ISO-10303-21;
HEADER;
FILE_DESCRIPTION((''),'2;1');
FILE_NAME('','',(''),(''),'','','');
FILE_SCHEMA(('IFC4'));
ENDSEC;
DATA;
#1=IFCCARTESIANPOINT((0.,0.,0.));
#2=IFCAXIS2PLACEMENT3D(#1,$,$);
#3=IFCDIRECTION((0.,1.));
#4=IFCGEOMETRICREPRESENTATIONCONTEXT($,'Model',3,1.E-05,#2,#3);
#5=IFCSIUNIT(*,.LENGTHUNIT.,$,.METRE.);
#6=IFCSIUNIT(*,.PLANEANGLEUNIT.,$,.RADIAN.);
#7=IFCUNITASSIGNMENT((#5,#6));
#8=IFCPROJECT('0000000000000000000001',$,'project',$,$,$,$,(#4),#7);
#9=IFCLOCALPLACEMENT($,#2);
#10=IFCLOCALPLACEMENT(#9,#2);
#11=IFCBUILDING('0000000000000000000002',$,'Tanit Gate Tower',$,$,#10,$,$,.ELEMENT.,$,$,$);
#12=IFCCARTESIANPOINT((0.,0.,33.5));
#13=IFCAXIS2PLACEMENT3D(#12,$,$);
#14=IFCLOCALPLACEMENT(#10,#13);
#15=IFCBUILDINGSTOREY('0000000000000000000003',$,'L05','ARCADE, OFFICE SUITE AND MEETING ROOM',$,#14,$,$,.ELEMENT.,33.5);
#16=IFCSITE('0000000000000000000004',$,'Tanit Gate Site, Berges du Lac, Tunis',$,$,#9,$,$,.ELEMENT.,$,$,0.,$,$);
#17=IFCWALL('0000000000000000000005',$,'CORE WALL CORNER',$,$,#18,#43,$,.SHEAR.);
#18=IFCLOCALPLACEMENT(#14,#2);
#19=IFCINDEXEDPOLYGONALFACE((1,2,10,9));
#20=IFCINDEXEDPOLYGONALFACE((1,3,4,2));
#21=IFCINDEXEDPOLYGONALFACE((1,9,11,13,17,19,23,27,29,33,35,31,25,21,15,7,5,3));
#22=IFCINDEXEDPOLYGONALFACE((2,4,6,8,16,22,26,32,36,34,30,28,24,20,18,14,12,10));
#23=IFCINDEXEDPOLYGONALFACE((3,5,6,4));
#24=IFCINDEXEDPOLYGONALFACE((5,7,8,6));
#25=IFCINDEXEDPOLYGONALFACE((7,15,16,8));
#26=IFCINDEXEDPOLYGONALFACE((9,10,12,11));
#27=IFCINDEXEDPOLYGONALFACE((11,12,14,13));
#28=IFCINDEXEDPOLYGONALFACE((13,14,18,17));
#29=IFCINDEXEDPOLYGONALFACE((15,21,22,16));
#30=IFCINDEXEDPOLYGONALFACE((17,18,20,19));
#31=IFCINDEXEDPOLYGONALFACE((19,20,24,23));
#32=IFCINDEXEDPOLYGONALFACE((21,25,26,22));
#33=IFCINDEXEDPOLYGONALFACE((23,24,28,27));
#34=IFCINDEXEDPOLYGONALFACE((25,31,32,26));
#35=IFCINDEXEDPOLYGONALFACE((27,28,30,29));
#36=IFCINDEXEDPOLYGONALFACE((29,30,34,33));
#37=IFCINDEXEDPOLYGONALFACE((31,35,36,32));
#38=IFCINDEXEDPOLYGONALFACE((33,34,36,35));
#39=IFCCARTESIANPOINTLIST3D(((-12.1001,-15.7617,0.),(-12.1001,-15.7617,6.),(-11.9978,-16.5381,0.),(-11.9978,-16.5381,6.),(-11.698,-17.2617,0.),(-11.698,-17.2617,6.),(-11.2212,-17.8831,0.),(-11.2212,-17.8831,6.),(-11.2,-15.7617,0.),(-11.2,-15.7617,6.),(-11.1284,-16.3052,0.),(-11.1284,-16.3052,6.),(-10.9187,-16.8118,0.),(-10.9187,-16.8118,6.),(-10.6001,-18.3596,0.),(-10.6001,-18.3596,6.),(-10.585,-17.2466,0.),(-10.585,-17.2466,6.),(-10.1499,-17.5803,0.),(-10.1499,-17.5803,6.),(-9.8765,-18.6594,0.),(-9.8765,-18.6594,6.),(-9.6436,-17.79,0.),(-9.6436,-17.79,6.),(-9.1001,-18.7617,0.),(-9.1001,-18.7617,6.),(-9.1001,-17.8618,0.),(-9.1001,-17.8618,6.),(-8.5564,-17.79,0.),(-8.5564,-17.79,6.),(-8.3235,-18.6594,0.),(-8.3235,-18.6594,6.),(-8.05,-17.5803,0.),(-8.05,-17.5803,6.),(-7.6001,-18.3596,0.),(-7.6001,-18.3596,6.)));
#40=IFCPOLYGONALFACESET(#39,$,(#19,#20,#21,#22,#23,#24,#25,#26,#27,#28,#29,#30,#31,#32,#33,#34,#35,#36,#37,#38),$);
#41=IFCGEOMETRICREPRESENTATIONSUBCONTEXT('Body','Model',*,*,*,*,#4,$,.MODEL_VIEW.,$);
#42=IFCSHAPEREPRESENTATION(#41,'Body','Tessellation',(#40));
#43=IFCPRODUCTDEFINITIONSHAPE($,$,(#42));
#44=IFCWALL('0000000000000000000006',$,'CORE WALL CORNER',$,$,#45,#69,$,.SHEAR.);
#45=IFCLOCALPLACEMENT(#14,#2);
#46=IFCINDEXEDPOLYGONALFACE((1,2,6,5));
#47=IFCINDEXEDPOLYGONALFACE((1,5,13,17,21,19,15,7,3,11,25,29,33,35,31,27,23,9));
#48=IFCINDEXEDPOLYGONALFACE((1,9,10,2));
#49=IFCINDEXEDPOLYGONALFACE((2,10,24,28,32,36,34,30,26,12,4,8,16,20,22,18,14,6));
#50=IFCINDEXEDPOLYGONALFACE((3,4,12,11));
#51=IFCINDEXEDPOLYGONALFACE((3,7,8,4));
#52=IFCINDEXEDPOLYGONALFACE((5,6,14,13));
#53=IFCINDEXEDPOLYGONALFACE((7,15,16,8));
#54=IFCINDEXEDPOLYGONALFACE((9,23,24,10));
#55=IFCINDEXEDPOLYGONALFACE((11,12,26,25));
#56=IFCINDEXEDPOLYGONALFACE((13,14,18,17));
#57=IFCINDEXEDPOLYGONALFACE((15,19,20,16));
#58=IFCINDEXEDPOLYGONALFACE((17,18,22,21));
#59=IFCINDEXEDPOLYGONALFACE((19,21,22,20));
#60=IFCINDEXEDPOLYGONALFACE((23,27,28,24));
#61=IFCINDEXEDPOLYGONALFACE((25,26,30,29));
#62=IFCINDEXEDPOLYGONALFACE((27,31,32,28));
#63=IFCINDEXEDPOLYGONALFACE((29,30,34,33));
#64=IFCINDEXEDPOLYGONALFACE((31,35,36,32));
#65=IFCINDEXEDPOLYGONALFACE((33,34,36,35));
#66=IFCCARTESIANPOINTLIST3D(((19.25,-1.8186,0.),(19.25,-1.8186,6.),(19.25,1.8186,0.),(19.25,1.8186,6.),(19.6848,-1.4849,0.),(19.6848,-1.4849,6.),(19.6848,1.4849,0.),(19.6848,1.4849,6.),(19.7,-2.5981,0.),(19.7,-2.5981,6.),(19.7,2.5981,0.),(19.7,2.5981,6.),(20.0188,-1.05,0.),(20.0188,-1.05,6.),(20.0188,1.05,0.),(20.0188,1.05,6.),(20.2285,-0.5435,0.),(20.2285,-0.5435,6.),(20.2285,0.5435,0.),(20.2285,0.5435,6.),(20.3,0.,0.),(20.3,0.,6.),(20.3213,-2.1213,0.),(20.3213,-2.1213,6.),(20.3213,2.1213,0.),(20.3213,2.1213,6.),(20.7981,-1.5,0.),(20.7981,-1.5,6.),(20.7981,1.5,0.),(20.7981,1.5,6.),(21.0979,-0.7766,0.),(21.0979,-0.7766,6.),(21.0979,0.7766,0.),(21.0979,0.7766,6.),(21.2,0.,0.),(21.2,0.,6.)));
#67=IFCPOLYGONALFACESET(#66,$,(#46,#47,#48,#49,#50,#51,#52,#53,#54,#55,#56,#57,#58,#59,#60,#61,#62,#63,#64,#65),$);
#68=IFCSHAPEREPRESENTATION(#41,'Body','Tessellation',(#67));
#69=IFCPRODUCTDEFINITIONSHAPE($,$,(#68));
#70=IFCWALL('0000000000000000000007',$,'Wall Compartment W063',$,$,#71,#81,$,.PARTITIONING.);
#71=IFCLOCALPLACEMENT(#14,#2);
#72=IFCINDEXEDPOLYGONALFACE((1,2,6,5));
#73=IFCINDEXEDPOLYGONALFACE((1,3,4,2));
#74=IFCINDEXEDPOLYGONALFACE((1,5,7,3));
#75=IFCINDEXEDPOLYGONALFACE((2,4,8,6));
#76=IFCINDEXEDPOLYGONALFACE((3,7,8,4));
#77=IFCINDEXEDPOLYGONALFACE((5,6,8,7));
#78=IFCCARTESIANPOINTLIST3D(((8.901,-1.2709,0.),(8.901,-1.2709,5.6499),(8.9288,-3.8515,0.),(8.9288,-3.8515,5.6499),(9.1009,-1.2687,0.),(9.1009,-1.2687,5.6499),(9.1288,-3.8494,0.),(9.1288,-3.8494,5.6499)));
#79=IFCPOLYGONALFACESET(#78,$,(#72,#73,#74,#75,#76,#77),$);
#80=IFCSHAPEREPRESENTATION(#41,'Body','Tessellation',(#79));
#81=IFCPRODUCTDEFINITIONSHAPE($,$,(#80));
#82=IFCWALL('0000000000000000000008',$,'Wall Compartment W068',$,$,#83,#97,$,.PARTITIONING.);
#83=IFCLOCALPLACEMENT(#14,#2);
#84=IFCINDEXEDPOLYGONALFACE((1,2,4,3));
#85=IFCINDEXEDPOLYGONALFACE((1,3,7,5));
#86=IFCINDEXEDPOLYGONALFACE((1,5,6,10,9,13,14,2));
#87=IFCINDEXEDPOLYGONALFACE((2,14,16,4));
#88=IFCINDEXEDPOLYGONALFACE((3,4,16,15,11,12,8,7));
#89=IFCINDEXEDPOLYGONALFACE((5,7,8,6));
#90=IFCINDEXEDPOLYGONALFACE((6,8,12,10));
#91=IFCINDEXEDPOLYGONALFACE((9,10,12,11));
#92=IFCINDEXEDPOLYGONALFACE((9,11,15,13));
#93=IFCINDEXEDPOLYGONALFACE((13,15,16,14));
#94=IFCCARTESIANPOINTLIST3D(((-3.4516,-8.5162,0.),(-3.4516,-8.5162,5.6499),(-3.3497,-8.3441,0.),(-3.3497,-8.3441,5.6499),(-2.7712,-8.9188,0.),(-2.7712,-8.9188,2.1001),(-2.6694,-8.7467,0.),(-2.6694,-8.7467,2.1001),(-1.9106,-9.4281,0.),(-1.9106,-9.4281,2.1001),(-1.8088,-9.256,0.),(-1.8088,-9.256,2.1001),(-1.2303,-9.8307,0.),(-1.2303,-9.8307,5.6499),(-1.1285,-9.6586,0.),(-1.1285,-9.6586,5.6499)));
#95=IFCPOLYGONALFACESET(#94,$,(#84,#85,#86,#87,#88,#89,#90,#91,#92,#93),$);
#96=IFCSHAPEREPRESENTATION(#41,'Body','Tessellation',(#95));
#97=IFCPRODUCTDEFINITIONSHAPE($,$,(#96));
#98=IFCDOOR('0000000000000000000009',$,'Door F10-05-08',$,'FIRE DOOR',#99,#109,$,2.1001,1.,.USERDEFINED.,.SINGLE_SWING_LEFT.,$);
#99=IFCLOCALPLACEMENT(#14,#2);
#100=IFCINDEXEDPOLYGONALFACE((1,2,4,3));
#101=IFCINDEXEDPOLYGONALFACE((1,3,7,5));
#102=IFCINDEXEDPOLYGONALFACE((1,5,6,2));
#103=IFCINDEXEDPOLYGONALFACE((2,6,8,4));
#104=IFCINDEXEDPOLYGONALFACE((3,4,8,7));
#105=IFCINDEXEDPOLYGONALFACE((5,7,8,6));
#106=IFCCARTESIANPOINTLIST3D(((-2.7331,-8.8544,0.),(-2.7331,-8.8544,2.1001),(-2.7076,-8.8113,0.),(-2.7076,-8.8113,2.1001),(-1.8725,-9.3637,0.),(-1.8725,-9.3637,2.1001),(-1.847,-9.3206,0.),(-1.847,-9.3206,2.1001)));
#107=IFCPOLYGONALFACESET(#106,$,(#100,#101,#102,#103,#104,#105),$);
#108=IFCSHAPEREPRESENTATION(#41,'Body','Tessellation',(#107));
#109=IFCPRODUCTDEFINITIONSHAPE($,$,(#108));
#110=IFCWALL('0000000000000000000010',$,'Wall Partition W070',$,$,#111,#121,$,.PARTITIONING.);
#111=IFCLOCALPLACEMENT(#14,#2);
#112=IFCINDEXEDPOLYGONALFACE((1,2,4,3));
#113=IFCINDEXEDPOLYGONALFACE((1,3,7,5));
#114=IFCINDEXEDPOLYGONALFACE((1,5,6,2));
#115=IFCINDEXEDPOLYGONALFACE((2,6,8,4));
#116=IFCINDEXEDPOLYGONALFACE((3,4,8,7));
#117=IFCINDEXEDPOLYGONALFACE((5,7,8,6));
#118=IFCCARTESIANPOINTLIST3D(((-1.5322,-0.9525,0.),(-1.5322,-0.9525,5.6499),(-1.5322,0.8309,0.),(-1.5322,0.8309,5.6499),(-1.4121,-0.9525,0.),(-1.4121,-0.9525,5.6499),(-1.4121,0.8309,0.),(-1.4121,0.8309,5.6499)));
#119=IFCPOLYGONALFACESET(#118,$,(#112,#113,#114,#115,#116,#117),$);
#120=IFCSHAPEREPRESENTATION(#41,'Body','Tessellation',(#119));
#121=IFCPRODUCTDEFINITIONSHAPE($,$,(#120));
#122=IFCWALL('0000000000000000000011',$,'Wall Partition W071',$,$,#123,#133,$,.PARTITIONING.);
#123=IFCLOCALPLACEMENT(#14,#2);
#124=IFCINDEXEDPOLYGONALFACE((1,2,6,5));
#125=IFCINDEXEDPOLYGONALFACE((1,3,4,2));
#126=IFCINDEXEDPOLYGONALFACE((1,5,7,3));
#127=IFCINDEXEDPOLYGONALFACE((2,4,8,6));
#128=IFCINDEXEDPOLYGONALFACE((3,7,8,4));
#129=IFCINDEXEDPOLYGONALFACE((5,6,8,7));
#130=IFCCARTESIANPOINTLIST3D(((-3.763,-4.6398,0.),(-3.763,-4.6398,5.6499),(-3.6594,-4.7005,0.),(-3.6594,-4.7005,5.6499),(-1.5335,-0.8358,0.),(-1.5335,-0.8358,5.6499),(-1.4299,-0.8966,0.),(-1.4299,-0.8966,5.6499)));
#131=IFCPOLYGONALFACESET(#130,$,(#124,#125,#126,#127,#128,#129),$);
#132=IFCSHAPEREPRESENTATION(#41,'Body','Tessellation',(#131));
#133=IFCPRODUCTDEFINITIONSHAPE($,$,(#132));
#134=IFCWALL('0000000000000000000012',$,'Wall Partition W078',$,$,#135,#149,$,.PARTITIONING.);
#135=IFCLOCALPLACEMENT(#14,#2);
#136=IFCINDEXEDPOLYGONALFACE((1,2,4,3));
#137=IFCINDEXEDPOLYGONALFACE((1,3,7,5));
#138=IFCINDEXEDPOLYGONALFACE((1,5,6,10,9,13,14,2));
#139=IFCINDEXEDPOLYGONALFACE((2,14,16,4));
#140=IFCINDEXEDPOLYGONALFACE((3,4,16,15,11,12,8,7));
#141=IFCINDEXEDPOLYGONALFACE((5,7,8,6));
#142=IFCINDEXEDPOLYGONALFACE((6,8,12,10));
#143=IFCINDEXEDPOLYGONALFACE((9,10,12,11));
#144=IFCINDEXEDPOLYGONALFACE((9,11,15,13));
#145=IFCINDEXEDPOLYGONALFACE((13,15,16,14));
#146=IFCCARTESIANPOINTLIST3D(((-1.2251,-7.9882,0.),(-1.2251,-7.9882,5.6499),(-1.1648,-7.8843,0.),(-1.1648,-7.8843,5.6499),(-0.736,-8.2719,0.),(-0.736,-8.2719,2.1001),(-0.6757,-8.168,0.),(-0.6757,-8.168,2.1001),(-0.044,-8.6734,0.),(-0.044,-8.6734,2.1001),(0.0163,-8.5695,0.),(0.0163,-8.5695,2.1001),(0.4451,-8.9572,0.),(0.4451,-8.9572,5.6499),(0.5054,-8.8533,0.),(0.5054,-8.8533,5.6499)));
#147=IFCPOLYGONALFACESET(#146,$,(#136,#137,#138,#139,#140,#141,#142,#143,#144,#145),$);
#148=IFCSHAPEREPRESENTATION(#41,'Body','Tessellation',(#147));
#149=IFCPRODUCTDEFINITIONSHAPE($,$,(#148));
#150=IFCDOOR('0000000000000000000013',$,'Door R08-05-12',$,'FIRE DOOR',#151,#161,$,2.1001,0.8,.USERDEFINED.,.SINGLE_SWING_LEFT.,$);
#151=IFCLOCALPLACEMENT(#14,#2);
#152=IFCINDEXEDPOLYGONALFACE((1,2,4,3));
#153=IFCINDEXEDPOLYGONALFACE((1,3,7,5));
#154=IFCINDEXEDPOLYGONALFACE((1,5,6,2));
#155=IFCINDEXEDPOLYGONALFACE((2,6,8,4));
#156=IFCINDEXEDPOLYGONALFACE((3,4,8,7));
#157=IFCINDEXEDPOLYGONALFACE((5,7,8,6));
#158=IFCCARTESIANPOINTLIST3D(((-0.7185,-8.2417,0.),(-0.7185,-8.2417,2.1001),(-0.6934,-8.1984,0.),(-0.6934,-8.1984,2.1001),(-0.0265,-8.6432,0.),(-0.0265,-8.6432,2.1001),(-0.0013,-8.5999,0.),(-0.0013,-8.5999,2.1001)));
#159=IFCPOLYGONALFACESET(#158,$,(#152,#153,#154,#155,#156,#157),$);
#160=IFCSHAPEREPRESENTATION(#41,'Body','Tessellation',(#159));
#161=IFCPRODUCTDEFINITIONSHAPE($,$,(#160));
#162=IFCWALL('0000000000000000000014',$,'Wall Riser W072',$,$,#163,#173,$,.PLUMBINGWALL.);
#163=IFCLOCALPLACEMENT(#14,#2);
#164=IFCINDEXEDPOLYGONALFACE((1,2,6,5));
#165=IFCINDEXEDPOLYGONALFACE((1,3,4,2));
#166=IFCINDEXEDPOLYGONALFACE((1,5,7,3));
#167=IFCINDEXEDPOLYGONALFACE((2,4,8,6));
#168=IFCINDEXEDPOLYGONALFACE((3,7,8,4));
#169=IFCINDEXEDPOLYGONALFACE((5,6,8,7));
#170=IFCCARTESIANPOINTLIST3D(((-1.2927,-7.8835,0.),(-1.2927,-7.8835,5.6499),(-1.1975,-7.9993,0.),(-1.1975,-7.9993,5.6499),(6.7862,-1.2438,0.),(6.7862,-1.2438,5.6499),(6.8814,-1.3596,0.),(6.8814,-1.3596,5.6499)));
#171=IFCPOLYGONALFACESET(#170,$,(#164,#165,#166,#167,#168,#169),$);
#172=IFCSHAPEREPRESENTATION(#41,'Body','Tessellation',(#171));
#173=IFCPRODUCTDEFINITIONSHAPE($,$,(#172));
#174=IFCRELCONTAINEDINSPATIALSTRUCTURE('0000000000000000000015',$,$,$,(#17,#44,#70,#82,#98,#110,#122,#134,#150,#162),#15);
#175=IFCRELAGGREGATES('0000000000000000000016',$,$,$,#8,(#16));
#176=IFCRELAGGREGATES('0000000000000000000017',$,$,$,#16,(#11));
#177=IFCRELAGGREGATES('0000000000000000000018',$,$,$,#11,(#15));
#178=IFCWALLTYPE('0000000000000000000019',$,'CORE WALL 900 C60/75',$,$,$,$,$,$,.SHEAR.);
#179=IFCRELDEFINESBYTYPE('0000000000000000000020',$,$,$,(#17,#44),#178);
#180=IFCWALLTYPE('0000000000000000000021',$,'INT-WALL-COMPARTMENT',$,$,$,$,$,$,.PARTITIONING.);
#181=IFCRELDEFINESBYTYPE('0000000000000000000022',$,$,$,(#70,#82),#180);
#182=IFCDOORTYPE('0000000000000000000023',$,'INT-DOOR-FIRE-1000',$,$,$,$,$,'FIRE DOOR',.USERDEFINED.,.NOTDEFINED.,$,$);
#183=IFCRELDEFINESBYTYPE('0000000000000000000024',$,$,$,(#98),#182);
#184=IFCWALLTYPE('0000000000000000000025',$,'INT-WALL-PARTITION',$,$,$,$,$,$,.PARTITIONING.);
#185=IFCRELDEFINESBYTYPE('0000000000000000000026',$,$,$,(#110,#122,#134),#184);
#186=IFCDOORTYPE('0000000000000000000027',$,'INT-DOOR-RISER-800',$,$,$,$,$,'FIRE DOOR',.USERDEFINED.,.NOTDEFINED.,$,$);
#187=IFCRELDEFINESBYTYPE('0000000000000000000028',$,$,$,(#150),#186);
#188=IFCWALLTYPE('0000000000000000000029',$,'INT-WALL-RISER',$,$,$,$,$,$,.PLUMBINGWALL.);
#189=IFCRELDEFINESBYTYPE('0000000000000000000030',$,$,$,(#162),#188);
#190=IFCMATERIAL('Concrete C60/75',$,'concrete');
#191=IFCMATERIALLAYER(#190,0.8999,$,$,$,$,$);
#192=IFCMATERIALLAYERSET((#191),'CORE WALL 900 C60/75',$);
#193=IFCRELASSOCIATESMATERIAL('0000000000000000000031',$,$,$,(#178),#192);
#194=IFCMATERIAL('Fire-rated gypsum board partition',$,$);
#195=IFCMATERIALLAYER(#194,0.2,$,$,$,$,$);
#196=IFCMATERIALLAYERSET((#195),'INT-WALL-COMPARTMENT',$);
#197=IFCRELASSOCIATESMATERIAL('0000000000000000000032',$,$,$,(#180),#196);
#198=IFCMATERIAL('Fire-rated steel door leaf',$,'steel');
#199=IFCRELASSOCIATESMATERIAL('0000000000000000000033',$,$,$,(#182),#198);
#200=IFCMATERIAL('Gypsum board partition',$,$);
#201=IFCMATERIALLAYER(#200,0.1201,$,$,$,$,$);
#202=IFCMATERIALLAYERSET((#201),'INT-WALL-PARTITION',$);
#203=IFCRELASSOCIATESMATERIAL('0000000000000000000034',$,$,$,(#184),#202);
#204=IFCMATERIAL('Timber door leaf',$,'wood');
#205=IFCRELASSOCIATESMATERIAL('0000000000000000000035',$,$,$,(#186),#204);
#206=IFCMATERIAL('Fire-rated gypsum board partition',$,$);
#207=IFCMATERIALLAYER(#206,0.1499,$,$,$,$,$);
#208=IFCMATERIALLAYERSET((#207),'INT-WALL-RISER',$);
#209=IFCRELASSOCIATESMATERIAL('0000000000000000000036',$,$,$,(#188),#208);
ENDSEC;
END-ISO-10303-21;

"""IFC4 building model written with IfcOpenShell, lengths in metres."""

from ifc_helpers import new_model, si_unit, direction, frame, frame_2d, origin, place, context, subcontext, project, spatial, polyline, rectangle, outline, extrude, material, layer, layer_set, type_object, element, fill, save


model = new_model("IFC4")

# Units and contexts
model_context = context("Model", 3, precision=1e-05, world=origin(), true_north=direction((0.0, 1.0)))
body_context = subcontext(model_context, "Body", "Model", "MODEL_VIEW")
ifc_project = project(units=[si_unit("LENGTHUNIT", "METRE"), si_unit("PLANEANGLEUNIT", "RADIAN")], contexts=[model_context])

# Site, building, storey
site_placement = place(None, origin())
site = spatial("IfcSite", under=ifc_project, at=site_placement, Name="Tanit Gate Site, Berges du Lac, Tunis", CompositionType="ELEMENT", RefElevation=0.0)
building_placement = place(site_placement, origin())
building = spatial("IfcBuilding", under=site, at=building_placement, Name="Tanit Gate Tower", CompositionType="ELEMENT")
storey_placement = place(building_placement, frame((0.0, 0.0, 33.5)))
storey = spatial("IfcBuildingStorey", under=building, at=storey_placement, Name="L05", Description="ARCADE, OFFICE SUITE AND MEETING ROOM", CompositionType="ELEMENT", Elevation=33.5)

# Walls
ifc_material_1 = material(Name="Concrete C60/75", Category="concrete")
ifc_layer_1 = layer(ifc_material_1, 0.8999)
ifc_layer_set_1 = layer_set([ifc_layer_1], Name="CORE WALL 900 C60/75")
wall_type_1 = type_object("IfcWallType", Name="CORE WALL 900 C60/75", PredefinedType="SHEAR", material=ifc_layer_set_1)
wall_1_placement = place(storey_placement, origin())
element("IfcWall", 1, at=wall_1_placement, inside=storey, type_object=wall_type_1, Name="CORE WALL CORNER", PredefinedType="SHEAR", context=body_context, shape_type="SweptSolid", body=[
    extrude(outline(polyline([(-12.1001, -15.7617), (-11.9978, -16.5381), (-11.698, -17.2617), (-11.2212, -17.8831), (-10.6001, -18.3596), (-9.8765, -18.6594), (-9.1001, -18.7617), (-8.3235, -18.6594), (-7.6001, -18.3596), (-8.05, -17.5803), (-8.5564, -17.79), (-9.1001, -17.8618), (-9.6436, -17.79), (-10.1499, -17.5803), (-10.585, -17.2466), (-10.9187, -16.8118), (-11.1284, -16.3052), (-11.2, -15.7617), (-12.1001, -15.7617)])), origin(), (0.0, 0.0, 1.0), 6.0),
])
wall_2_placement = place(storey_placement, origin())
element("IfcWall", 2, at=wall_2_placement, inside=storey, type_object=wall_type_1, Name="CORE WALL CORNER", PredefinedType="SHEAR", context=body_context, shape_type="SweptSolid", body=[
    extrude(outline(polyline([(19.7, -2.5981), (20.3213, -2.1213), (20.7981, -1.5), (21.0979, -0.7766), (21.2, 0.0), (21.0979, 0.7766), (20.7981, 1.5), (20.3213, 2.1213), (19.7, 2.5981), (19.25, 1.8186), (19.6848, 1.4849), (20.0188, 1.05), (20.2285, 0.5435), (20.3, 0.0), (20.2285, -0.5435), (20.0188, -1.05), (19.6848, -1.4849), (19.25, -1.8186), (19.7, -2.5981)])), origin(), (0.0, 0.0, 1.0), 6.0),
])
ifc_material_2 = material(Name="Fire-rated gypsum board partition")
ifc_layer_2 = layer(ifc_material_2, 0.2)
ifc_layer_set_2 = layer_set([ifc_layer_2], Name="INT-WALL-COMPARTMENT")
wall_type_2 = type_object("IfcWallType", Name="INT-WALL-COMPARTMENT", PredefinedType="PARTITIONING", material=ifc_layer_set_2)
wall_3_placement = place(storey_placement, frame((9.0288, -3.8506, 0.0), z_axis=(0.0, 0.0, 1.0), x_axis=(-0.010785, 0.999942, 0.0)))
element("IfcWall", 3, at=wall_3_placement, inside=storey, type_object=wall_type_2, Name="Wall Compartment W063", PredefinedType="PARTITIONING", context=body_context, shape_type="SweptSolid", body=[
    extrude(rectangle(XDim=2.5808, YDim=0.2, at=frame_2d((1.2905, 0.0))), origin(), (0.0, 0.0, 1.0), 5.6499),
])

# Wall, opening, door
wall_4_placement = place(storey_placement, frame((-3.4006, -8.4302, 0.0), z_axis=(0.0, 0.0, 1.0), x_axis=(0.860599, -0.509284, 0.0)))
wall_4 = element("IfcWall", 4, at=wall_4_placement, inside=storey, type_object=wall_type_2, Name="Wall Compartment W068", PredefinedType="PARTITIONING", context=body_context, shape_type="SweptSolid", body=[
    extrude(rectangle(XDim=2.5811, YDim=0.2, at=frame_2d((1.2905, 0.0))), origin(), (0.0, 0.0, 1.0), 5.6499),
])
opening_1_placement = place(wall_4_placement, frame((0.7905, 0.0, 0.0)))
opening_1 = element("IfcOpeningElement", 5, at=opening_1_placement, cuts=wall_4, PredefinedType="OPENING", context=body_context, shape_type="SweptSolid", body=[
    extrude(rectangle(XDim=1.0, YDim=2.1001, at=frame_2d((0.5, 1.05))), frame((0.0, 0.1099, 0.0), z_axis=(0.0, -1.0, 0.0), x_axis=(1.0, 0.0, 0.0)), (0.0, 0.0, 1.0), 0.22),
])
ifc_material_3 = material(Name="Fire-rated steel door leaf", Category="steel")
door_type_1 = type_object("IfcDoorType", Name="INT-DOOR-FIRE-1000", ElementType="FIRE DOOR", OperationType="NOTDEFINED", PredefinedType="USERDEFINED", material=ifc_material_3)
door_1_placement = place(opening_1_placement, origin())
door_1 = element("IfcDoor", 6, at=door_1_placement, inside=storey, type_object=door_type_1, Name="Door F10-05-08", ObjectType="FIRE DOOR", OperationType="SINGLE_SWING_LEFT", OverallHeight=2.1001, OverallWidth=1.0, PredefinedType="USERDEFINED", context=body_context, shape_type="SweptSolid", body=[
    extrude(rectangle(XDim=1.0, YDim=2.1001, at=frame_2d((0.5, 1.05))), frame((0.0, 0.0249, 0.0), z_axis=(0.0, -1.0, 0.0), x_axis=(1.0, 0.0, 0.0)), (0.0, 0.0, 1.0), 0.05),
])
fill(opening_1, door_1)

# Walls
ifc_material_4 = material(Name="Gypsum board partition")
ifc_layer_3 = layer(ifc_material_4, 0.1201)
ifc_layer_set_3 = layer_set([ifc_layer_3], Name="INT-WALL-PARTITION")
wall_type_3 = type_object("IfcWallType", Name="INT-WALL-PARTITION", PredefinedType="PARTITIONING", material=ifc_layer_set_3)
wall_5_placement = place(storey_placement, frame((-1.4722, -0.9524, 0.0), z_axis=(0.0, 0.0, 1.0), x_axis=(0.0, 1.0, 0.0)))
element("IfcWall", 7, at=wall_5_placement, inside=storey, type_object=wall_type_3, Name="Wall Partition W070", PredefinedType="PARTITIONING", context=body_context, shape_type="SweptSolid", body=[
    extrude(rectangle(XDim=1.7834, YDim=0.1201, at=frame_2d((0.8916, 0.0))), origin(), (0.0, 0.0, 1.0), 5.6499),
])
wall_6_placement = place(storey_placement, frame((-3.7112, -4.6702, 0.0), z_axis=(0.0, 0.0, 1.0), x_axis=(0.50565, 0.862739, 0.0)))
element("IfcWall", 8, at=wall_6_placement, inside=storey, type_object=wall_type_3, Name="Wall Partition W071", PredefinedType="PARTITIONING", context=body_context, shape_type="SweptSolid", body=[
    extrude(rectangle(XDim=4.4092, YDim=0.1201, at=frame_2d((2.2046, 0.0))), origin(), (0.0, 0.0, 1.0), 5.6499),
])

# Wall, opening, door
wall_7_placement = place(storey_placement, frame((-1.1948, -7.9363, 0.0), z_axis=(0.0, 0.0, 1.0), x_axis=(0.864964, -0.501834, 0.0)))
wall_7 = element("IfcWall", 9, at=wall_7_placement, inside=storey, type_object=wall_type_3, Name="Wall Partition W078", PredefinedType="PARTITIONING", context=body_context, shape_type="SweptSolid", body=[
    extrude(rectangle(XDim=1.9309, YDim=0.1201, at=frame_2d((0.9653, 0.0))), origin(), (0.0, 0.0, 1.0), 5.6499),
])
opening_2_placement = place(wall_7_placement, frame((0.5654, 0.0, 0.0)))
opening_2 = element("IfcOpeningElement", 10, at=opening_2_placement, cuts=wall_7, PredefinedType="OPENING", context=body_context, shape_type="SweptSolid", body=[
    extrude(rectangle(XDim=0.8, YDim=2.1001, at=frame_2d((0.3999, 1.05))), frame((0.0, 0.0701, 0.0), z_axis=(0.0, -1.0, 0.0), x_axis=(1.0, 0.0, 0.0)), (0.0, 0.0, 1.0), 0.1401),
])
ifc_material_5 = material(Name="Timber door leaf", Category="wood")
door_type_2 = type_object("IfcDoorType", Name="INT-DOOR-RISER-800", ElementType="FIRE DOOR", OperationType="NOTDEFINED", PredefinedType="USERDEFINED", material=ifc_material_5)
door_2_placement = place(opening_2_placement, origin())
door_2 = element("IfcDoor", 11, at=door_2_placement, inside=storey, type_object=door_type_2, Name="Door R08-05-12", ObjectType="FIRE DOOR", OperationType="SINGLE_SWING_LEFT", OverallHeight=2.1001, OverallWidth=0.8, PredefinedType="USERDEFINED", context=body_context, shape_type="SweptSolid", body=[
    extrude(rectangle(XDim=0.8, YDim=2.1001, at=frame_2d((0.3999, 1.05))), frame((0.0, 0.0249, 0.0), z_axis=(0.0, -1.0, 0.0), x_axis=(1.0, 0.0, 0.0)), (0.0, 0.0, 1.0), 0.05),
])
fill(opening_2, door_2)

# Wall
ifc_material_6 = material(Name="Fire-rated gypsum board partition")
ifc_layer_4 = layer(ifc_material_6, 0.1499)
ifc_layer_set_4 = layer_set([ifc_layer_4], Name="INT-WALL-RISER")
wall_type_4 = type_object("IfcWallType", Name="INT-WALL-RISER", PredefinedType="PLUMBINGWALL", material=ifc_layer_set_4)
wall_8_placement = place(storey_placement, frame((6.8337, -1.3018, 0.0), z_axis=(0.0, 0.0, 1.0), x_axis=(-0.772565, -0.634936, 0.0)))
element("IfcWall", 12, at=wall_8_placement, inside=storey, type_object=wall_type_4, Name="Wall Riser W072", PredefinedType="PLUMBINGWALL", context=body_context, shape_type="SweptSolid", body=[
    extrude(rectangle(XDim=10.4573, YDim=0.1499, at=frame_2d((5.2285, 0.0))), origin(), (0.0, 0.0, 1.0), 5.6499),
])

save(model, "model.ifc")
